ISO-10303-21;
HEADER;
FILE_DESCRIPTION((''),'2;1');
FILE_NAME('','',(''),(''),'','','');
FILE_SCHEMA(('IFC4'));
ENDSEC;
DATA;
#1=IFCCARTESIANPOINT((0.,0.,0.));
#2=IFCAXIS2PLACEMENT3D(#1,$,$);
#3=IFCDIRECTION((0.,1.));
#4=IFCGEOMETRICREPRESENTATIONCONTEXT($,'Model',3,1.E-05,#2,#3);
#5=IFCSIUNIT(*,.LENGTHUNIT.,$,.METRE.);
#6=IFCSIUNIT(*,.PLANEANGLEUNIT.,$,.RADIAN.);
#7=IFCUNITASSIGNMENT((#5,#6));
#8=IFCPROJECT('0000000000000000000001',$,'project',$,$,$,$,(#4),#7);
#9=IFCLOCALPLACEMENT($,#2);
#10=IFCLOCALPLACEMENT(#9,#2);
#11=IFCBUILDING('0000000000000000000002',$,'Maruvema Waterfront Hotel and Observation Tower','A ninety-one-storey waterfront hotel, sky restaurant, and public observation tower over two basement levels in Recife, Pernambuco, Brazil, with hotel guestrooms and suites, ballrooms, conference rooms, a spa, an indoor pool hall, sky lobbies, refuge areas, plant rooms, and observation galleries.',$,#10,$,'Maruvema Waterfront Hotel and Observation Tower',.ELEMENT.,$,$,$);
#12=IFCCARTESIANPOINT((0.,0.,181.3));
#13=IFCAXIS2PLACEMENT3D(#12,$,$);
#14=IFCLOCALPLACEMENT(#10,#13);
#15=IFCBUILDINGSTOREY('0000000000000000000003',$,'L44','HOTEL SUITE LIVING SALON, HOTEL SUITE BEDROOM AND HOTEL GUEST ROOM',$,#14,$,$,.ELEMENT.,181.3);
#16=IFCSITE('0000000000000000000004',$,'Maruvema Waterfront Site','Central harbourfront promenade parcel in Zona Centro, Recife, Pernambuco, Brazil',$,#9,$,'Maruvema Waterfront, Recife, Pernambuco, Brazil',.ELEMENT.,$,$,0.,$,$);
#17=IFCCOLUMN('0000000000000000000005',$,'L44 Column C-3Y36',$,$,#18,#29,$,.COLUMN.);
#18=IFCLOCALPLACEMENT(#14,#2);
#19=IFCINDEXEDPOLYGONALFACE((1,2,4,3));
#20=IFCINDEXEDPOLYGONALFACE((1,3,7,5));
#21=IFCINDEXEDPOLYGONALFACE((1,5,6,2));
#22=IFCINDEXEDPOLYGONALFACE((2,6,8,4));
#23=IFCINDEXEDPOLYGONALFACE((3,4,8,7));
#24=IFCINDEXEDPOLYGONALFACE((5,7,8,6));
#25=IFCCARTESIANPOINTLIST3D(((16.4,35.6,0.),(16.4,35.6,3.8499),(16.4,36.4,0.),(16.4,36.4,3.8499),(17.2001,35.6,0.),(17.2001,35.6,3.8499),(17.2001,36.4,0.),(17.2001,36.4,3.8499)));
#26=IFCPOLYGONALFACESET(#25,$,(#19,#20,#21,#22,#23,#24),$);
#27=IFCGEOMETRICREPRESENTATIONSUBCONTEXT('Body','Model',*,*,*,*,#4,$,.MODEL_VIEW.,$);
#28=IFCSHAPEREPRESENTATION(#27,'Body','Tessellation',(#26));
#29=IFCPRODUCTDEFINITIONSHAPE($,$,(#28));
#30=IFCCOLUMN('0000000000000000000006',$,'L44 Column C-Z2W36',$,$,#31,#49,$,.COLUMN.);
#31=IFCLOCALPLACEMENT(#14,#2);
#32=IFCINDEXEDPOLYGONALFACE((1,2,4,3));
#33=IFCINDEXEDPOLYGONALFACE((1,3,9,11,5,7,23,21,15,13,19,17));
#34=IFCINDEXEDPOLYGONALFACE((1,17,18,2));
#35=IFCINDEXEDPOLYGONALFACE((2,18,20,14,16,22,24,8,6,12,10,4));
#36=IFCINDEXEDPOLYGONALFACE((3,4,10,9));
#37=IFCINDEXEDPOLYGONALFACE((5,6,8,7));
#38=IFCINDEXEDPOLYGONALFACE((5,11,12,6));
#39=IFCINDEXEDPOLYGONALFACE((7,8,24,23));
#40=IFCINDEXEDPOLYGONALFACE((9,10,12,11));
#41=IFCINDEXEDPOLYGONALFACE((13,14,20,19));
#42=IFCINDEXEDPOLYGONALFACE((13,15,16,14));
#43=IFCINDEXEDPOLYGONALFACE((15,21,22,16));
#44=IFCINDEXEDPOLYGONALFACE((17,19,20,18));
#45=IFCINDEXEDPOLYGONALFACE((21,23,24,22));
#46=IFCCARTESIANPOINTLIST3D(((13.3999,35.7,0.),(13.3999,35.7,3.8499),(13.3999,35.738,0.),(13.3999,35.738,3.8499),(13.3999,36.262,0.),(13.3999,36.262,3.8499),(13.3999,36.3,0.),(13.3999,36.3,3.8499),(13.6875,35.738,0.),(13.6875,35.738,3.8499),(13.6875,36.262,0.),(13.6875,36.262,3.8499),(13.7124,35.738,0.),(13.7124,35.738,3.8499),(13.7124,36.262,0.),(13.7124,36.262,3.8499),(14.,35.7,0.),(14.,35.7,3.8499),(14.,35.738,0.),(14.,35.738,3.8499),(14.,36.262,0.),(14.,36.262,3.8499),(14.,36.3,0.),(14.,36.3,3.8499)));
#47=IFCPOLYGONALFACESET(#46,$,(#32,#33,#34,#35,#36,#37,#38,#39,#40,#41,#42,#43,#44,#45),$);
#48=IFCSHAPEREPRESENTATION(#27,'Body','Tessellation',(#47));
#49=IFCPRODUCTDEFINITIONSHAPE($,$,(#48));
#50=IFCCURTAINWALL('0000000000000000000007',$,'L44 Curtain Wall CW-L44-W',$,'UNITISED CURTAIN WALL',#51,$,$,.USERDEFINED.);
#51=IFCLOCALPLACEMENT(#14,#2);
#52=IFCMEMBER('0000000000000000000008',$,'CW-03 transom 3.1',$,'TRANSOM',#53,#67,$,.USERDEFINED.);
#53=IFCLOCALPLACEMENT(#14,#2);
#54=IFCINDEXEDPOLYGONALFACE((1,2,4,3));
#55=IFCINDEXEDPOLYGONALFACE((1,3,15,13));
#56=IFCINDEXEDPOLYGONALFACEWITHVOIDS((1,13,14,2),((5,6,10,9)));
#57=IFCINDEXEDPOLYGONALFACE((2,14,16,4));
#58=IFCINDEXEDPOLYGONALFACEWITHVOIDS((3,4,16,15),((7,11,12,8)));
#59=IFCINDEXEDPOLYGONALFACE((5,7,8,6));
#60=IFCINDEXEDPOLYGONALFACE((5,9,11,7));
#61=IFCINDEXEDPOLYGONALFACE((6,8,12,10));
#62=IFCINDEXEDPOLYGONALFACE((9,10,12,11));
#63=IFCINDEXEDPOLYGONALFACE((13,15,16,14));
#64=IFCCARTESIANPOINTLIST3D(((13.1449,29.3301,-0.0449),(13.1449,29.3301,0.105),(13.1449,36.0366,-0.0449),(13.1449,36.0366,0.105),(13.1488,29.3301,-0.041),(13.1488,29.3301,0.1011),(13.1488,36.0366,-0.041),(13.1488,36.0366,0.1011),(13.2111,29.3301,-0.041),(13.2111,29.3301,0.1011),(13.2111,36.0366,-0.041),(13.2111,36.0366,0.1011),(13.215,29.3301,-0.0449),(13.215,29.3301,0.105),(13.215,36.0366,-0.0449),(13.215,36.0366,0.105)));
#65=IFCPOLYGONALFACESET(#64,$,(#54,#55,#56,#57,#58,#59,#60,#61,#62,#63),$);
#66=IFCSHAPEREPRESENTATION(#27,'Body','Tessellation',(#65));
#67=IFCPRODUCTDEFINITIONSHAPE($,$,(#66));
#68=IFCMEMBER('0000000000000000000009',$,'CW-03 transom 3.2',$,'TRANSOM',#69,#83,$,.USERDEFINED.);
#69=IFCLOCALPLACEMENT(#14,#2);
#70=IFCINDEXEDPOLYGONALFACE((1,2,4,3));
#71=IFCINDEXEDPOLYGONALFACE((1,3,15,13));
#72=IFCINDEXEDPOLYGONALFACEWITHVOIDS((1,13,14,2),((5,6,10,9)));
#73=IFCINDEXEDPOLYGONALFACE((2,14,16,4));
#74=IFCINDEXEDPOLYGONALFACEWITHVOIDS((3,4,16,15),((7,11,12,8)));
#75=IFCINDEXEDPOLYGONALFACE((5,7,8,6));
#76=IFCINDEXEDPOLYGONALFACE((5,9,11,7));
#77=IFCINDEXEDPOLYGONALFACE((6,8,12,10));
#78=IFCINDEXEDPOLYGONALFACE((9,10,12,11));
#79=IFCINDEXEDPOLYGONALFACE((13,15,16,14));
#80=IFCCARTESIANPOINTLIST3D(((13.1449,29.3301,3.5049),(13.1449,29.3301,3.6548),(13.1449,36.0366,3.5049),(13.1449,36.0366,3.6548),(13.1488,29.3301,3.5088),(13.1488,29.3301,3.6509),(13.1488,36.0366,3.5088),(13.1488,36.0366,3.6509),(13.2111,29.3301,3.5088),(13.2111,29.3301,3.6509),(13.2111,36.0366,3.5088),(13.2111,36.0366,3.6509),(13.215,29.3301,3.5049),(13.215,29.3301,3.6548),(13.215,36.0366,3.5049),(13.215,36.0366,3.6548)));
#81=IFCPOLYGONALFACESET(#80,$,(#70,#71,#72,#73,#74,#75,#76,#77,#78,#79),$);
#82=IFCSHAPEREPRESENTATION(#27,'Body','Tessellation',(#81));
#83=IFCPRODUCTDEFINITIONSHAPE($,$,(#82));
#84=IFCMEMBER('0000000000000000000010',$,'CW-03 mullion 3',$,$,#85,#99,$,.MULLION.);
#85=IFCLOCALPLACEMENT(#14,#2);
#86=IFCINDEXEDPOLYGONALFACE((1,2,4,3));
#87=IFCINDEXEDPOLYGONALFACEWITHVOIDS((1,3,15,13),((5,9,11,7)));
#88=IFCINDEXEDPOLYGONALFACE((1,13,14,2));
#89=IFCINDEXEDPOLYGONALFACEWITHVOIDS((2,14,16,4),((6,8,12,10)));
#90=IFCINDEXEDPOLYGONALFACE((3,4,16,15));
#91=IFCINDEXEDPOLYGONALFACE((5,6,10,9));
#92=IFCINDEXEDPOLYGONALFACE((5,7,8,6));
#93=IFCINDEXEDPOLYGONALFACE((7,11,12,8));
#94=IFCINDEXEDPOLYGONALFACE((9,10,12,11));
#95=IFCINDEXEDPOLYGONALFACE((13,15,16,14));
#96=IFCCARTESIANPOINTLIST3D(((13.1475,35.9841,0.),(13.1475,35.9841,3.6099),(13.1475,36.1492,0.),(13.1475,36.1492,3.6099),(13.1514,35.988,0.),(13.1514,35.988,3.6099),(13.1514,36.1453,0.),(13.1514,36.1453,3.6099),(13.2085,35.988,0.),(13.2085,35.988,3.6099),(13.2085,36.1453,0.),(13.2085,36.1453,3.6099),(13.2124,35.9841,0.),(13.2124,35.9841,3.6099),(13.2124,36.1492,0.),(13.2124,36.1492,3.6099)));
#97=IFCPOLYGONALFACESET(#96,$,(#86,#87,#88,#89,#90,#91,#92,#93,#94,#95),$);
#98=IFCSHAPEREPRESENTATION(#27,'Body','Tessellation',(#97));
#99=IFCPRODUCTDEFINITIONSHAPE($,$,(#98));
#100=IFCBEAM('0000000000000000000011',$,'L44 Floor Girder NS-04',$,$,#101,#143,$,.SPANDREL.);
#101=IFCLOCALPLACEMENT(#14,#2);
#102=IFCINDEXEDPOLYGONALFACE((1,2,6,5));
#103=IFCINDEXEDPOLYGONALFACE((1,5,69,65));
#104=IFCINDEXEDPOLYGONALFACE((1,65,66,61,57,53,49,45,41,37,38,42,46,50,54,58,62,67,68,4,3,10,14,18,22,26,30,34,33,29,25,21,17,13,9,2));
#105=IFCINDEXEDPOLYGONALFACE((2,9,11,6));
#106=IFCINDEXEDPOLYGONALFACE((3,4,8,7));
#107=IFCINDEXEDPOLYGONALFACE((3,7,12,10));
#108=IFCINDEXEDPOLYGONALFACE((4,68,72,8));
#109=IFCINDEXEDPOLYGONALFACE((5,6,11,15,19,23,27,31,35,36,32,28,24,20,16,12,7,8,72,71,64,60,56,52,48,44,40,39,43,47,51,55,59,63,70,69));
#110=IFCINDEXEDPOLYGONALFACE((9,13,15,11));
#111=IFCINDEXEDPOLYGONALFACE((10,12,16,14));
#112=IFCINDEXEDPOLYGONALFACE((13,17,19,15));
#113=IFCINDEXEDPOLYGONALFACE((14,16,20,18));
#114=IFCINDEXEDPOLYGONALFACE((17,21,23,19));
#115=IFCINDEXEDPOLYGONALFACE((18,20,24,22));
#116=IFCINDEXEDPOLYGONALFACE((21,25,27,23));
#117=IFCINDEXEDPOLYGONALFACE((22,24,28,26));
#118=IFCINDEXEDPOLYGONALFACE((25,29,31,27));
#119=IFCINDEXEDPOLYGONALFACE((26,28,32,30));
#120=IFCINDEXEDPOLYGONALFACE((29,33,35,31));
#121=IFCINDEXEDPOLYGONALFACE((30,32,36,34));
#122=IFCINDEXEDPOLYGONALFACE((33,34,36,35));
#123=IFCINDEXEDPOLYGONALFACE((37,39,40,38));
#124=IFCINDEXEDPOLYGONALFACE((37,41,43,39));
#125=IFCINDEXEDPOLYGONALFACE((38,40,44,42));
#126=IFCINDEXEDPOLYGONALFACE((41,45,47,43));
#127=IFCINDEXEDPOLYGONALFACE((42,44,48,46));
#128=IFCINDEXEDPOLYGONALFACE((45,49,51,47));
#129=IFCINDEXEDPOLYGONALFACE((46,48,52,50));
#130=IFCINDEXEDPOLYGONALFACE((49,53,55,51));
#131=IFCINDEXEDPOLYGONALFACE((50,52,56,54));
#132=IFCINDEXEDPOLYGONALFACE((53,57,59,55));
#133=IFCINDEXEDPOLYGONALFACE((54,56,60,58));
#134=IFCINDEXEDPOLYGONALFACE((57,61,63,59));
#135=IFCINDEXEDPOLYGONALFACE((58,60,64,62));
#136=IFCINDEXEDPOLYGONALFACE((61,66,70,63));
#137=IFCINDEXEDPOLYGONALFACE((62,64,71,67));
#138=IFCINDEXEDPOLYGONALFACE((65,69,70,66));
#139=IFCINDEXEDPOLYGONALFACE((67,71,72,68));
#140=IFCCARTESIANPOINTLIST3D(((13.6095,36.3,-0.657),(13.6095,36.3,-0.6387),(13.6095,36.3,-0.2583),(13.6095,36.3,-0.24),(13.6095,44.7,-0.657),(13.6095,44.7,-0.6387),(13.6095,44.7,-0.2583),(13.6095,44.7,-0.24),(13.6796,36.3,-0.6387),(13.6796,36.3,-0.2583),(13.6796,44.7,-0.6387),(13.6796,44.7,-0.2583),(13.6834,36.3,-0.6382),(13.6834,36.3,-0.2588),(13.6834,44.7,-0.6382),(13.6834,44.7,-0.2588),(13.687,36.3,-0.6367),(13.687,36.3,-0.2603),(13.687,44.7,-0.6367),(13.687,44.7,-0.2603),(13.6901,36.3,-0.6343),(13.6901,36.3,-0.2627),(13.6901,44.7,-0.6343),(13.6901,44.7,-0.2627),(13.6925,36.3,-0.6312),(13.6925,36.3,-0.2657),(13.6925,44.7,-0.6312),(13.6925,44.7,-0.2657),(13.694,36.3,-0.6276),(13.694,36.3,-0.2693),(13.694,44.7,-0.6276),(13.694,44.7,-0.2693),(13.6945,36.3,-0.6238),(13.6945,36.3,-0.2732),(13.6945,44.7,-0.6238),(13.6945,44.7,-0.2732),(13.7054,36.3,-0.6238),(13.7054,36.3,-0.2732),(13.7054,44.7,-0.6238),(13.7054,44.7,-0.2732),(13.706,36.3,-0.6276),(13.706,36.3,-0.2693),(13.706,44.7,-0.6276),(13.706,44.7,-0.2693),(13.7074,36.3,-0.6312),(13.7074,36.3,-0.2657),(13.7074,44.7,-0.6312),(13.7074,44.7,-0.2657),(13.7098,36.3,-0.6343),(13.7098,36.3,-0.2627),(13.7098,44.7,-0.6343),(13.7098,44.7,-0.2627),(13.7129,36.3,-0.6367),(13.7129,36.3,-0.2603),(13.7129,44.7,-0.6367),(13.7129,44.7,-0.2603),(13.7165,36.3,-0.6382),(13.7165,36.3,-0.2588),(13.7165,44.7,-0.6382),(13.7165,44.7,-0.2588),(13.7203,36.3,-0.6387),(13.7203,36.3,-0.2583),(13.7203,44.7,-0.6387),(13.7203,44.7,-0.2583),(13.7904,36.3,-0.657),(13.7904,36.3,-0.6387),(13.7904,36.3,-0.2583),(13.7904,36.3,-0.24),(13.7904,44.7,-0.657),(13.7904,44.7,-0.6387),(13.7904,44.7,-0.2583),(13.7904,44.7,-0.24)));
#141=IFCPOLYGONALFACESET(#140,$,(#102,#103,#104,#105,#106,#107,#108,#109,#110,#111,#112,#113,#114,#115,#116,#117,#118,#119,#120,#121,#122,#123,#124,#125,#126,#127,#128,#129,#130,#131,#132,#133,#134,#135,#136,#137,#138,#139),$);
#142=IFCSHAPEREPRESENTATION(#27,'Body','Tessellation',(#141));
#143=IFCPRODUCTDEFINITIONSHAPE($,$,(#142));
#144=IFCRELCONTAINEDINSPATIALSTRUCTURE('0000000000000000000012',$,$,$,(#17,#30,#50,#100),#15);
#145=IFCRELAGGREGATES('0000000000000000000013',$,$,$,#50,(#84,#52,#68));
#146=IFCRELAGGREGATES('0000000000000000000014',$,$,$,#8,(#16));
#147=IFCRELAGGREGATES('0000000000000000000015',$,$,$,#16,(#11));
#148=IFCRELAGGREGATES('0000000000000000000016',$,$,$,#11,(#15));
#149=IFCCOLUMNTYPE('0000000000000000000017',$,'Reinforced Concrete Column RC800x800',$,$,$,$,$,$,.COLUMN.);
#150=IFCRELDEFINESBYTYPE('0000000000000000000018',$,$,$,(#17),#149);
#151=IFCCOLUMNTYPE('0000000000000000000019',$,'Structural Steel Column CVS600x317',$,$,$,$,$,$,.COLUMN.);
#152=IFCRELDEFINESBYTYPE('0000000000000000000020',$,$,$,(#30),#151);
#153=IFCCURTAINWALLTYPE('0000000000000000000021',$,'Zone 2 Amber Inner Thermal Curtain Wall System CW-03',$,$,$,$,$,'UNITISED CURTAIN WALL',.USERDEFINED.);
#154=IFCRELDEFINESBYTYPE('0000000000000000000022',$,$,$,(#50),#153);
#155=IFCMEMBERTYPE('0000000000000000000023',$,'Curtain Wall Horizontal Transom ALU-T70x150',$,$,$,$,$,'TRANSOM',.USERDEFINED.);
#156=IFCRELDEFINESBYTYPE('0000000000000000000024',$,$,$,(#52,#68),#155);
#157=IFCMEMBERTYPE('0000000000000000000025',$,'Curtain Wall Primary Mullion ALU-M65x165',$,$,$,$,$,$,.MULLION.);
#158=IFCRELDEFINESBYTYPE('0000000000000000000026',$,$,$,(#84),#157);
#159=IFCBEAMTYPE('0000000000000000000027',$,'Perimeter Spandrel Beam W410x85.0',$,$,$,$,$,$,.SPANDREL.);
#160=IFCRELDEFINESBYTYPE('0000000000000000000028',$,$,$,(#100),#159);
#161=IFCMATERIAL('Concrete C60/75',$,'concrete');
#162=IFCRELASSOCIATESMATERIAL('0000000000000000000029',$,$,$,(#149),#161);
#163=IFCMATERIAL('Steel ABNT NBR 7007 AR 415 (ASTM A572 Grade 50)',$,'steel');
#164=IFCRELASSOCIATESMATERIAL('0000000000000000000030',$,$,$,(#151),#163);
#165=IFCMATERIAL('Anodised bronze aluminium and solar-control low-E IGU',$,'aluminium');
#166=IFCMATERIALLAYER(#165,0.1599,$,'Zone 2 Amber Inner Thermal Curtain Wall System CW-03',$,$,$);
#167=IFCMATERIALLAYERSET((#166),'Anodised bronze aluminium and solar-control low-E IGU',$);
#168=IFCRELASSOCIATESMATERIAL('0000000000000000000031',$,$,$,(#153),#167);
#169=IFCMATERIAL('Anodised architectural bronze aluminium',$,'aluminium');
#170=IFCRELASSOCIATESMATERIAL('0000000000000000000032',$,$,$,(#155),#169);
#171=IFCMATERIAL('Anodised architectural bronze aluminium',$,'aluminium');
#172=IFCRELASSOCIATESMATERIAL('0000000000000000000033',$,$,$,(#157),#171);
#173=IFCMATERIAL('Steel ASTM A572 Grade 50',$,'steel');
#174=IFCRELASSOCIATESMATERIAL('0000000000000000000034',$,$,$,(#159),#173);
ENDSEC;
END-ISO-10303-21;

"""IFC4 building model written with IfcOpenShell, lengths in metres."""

from ifc_helpers import new_model, si_unit, direction, frame, origin, origin_2d, place, context, subcontext, project, spatial, rectangle, hollow_rectangle, i_section, extrude, material, layer, layer_set, material_profile, profile_set, type_object, element, aggregate, save


model = new_model("IFC4")

# Units and contexts
model_context = context("Model", 3, precision=1e-05, world=origin(), true_north=direction((0.0, 1.0)))
body_context = subcontext(model_context, "Body", "Model", "MODEL_VIEW")
ifc_project = project(units=[si_unit("LENGTHUNIT", "METRE"), si_unit("PLANEANGLEUNIT", "RADIAN")], contexts=[model_context])

# Site, building, storey
site_placement = place(None, origin())
site = spatial("IfcSite", under=ifc_project, at=site_placement, Name="Maruvema Waterfront Site", Description="Central harbourfront promenade parcel in Zona Centro, Recife, Pernambuco, Brazil", LongName="Maruvema Waterfront, Recife, Pernambuco, Brazil", CompositionType="ELEMENT", RefElevation=0.0)
building_placement = place(site_placement, origin())
building = spatial("IfcBuilding", under=site, at=building_placement, Name="Maruvema Waterfront Hotel and Observation Tower", Description="A ninety-one-storey waterfront hotel, sky restaurant, and public observation tower over two basement levels in Recife, Pernambuco, Brazil, with hotel guestrooms and suites, ballrooms, conference rooms, a spa, an indoor pool hall, sky lobbies, refuge areas, plant rooms, and observation galleries.", LongName="Maruvema Waterfront Hotel and Observation Tower", CompositionType="ELEMENT")
storey_placement = place(building_placement, frame((0.0, 0.0, 181.3)))
storey = spatial("IfcBuildingStorey", under=building, at=storey_placement, Name="L44", Description="HOTEL SUITE LIVING SALON, HOTEL SUITE BEDROOM AND HOTEL GUEST ROOM", CompositionType="ELEMENT", Elevation=181.3)

# Columns
ifc_material_1 = material(Name="Concrete C60/75", Category="concrete")
ifc_material_profile_1 = material_profile(ifc_material_1, rectangle(XDim=0.8, YDim=0.8, at=origin_2d()), Name="RC800x800")
ifc_profile_set_1 = profile_set([ifc_material_profile_1], Name="Concrete C60/75")
column_type_1 = type_object("IfcColumnType", Name="Reinforced Concrete Column RC800x800", PredefinedType="COLUMN", material=ifc_profile_set_1)
column_1_placement = place(storey_placement, frame((16.8, 36.0, 0.0), z_axis=(0.0, 0.0, 1.0), x_axis=(1.0, 0.0, 0.0)))
element("IfcColumn", 1, at=column_1_placement, inside=storey, type_object=column_type_1, Name="L44 Column C-3Y36", PredefinedType="COLUMN", context=body_context, shape_type="SweptSolid", body=[
    extrude(rectangle(XDim=0.8, YDim=0.8, at=origin_2d()), origin(), (0.0, 0.0, 1.0), 3.8499),
])
ifc_material_2 = material(Name="Steel ABNT NBR 7007 AR 415 (ASTM A572 Grade 50)", Category="steel")
ifc_material_profile_2 = material_profile(ifc_material_2, i_section(OverallWidth=0.6001, OverallDepth=0.6001, WebThickness=0.0249, FlangeThickness=0.0381, at=origin_2d()), Name="CVS600x317")
ifc_profile_set_2 = profile_set([ifc_material_profile_2], Name="Steel ABNT NBR 7007 AR 415 (ASTM A572 Grade 50)")
column_type_2 = type_object("IfcColumnType", Name="Structural Steel Column CVS600x317", PredefinedType="COLUMN", material=ifc_profile_set_2)
column_2_placement = place(storey_placement, frame((13.7, 36.0, 0.0), z_axis=(0.0, 0.0, 1.0), x_axis=(1.0, 0.0, 0.0)))
element("IfcColumn", 2, at=column_2_placement, inside=storey, type_object=column_type_2, Name="L44 Column C-Z2W36", PredefinedType="COLUMN", context=body_context, shape_type="SweptSolid", body=[
    extrude(i_section(OverallWidth=0.6001, OverallDepth=0.6001, WebThickness=0.0249, FlangeThickness=0.0381, at=origin_2d()), origin(), (0.0, 0.0, 1.0), 3.8499),
])

# Curtain wall, members
ifc_material_3 = material(Name="Anodised bronze aluminium and solar-control low-E IGU", Category="aluminium")
ifc_layer_1 = layer(ifc_material_3, 0.1599, Name="Zone 2 Amber Inner Thermal Curtain Wall System CW-03")
ifc_layer_set_1 = layer_set([ifc_layer_1], Name="Anodised bronze aluminium and solar-control low-E IGU")
curtain_wall_type = type_object("IfcCurtainWallType", Name="Zone 2 Amber Inner Thermal Curtain Wall System CW-03", ElementType="UNITISED CURTAIN WALL", PredefinedType="USERDEFINED", material=ifc_layer_set_1)
curtain_wall_placement = place(storey_placement, origin())
curtain_wall = element("IfcCurtainWall", 3, at=curtain_wall_placement, inside=storey, type_object=curtain_wall_type, Name="L44 Curtain Wall CW-L44-W", ObjectType="UNITISED CURTAIN WALL", PredefinedType="USERDEFINED")
ifc_material_4 = material(Name="Anodised architectural bronze aluminium", Category="aluminium")
ifc_material_profile_3 = material_profile(ifc_material_4, hollow_rectangle(XDim=0.0701, YDim=0.1499, WallThickness=0.0039, at=origin_2d()), Name="ALU-T70x150")
ifc_profile_set_3 = profile_set([ifc_material_profile_3], Name="Anodised architectural bronze aluminium")
member_type_1 = type_object("IfcMemberType", Name="Curtain Wall Horizontal Transom ALU-T70x150", ElementType="TRANSOM", PredefinedType="USERDEFINED", material=ifc_profile_set_3)
member_1_placement = place(storey_placement, frame((13.1799, 36.0366, 0.03), z_axis=(0.0, -1.0, 0.0), x_axis=(1.0, 0.0, 0.0)))
member_1 = element("IfcMember", 4, at=member_1_placement, type_object=member_type_1, Name="CW-03 transom 3.1", ObjectType="TRANSOM", PredefinedType="USERDEFINED", context=body_context, shape_type="SweptSolid", body=[
    extrude(hollow_rectangle(XDim=0.0701, YDim=0.1499, WallThickness=0.0039, at=origin_2d()), origin(), (0.0, 0.0, 1.0), 6.7065),
])
member_2_placement = place(storey_placement, frame((13.1799, 36.0366, 3.5798), z_axis=(0.0, -1.0, 0.0), x_axis=(1.0, 0.0, 0.0)))
member_2 = element("IfcMember", 5, at=member_2_placement, type_object=member_type_1, Name="CW-03 transom 3.2", ObjectType="TRANSOM", PredefinedType="USERDEFINED", context=body_context, shape_type="SweptSolid", body=[
    extrude(hollow_rectangle(XDim=0.0701, YDim=0.1499, WallThickness=0.0039, at=origin_2d()), origin(), (0.0, 0.0, 1.0), 6.7065),
])
ifc_material_5 = material(Name="Anodised architectural bronze aluminium", Category="aluminium")
ifc_material_profile_4 = material_profile(ifc_material_5, hollow_rectangle(XDim=0.0649, YDim=0.165, WallThickness=0.0039, at=origin_2d()), Name="ALU-M65x165")
ifc_profile_set_4 = profile_set([ifc_material_profile_4], Name="Anodised architectural bronze aluminium")
member_type_2 = type_object("IfcMemberType", Name="Curtain Wall Primary Mullion ALU-M65x165", PredefinedType="MULLION", material=ifc_profile_set_4)
member_3_placement = place(storey_placement, frame((13.1799, 36.0667, 0.0), z_axis=(0.0, 0.0, 1.0), x_axis=(1.0, 0.0, 0.0)))
member_3 = element("IfcMember", 6, at=member_3_placement, type_object=member_type_2, Name="CW-03 mullion 3", PredefinedType="MULLION", context=body_context, shape_type="SweptSolid", body=[
    extrude(hollow_rectangle(XDim=0.0649, YDim=0.165, WallThickness=0.0039, at=origin_2d()), origin(), (0.0, 0.0, 1.0), 3.6099),
])

# Beam
ifc_material_6 = material(Name="Steel ASTM A572 Grade 50", Category="steel")
ifc_material_profile_5 = material_profile(ifc_material_6, i_section(OverallWidth=0.1809, OverallDepth=0.417, WebThickness=0.011, FlangeThickness=0.0183, FilletRadius=0.0149, at=origin_2d()), Name="W410x85.0")
ifc_profile_set_5 = profile_set([ifc_material_profile_5], Name="Steel ASTM A572 Grade 50")
beam_type_1 = type_object("IfcBeamType", Name="Perimeter Spandrel Beam W410x85.0", PredefinedType="SPANDREL", material=ifc_profile_set_5)
beam_1_placement = place(storey_placement, frame((13.7, 36.3, -0.4485), z_axis=(0.0, 1.0, 0.0), x_axis=(-1.0, 0.0, 0.0)))
element("IfcBeam", 7, at=beam_1_placement, inside=storey, type_object=beam_type_1, Name="L44 Floor Girder NS-04", PredefinedType="SPANDREL", context=body_context, shape_type="SweptSolid", body=[
    extrude(i_section(OverallWidth=0.1809, OverallDepth=0.417, WebThickness=0.011, FlangeThickness=0.0183, FilletRadius=0.0149, at=origin_2d()), origin(), (0.0, 0.0, 1.0), 8.3999),
])

aggregate(curtain_wall, [member_3, member_1, member_2])

save(model, "model.ifc")
